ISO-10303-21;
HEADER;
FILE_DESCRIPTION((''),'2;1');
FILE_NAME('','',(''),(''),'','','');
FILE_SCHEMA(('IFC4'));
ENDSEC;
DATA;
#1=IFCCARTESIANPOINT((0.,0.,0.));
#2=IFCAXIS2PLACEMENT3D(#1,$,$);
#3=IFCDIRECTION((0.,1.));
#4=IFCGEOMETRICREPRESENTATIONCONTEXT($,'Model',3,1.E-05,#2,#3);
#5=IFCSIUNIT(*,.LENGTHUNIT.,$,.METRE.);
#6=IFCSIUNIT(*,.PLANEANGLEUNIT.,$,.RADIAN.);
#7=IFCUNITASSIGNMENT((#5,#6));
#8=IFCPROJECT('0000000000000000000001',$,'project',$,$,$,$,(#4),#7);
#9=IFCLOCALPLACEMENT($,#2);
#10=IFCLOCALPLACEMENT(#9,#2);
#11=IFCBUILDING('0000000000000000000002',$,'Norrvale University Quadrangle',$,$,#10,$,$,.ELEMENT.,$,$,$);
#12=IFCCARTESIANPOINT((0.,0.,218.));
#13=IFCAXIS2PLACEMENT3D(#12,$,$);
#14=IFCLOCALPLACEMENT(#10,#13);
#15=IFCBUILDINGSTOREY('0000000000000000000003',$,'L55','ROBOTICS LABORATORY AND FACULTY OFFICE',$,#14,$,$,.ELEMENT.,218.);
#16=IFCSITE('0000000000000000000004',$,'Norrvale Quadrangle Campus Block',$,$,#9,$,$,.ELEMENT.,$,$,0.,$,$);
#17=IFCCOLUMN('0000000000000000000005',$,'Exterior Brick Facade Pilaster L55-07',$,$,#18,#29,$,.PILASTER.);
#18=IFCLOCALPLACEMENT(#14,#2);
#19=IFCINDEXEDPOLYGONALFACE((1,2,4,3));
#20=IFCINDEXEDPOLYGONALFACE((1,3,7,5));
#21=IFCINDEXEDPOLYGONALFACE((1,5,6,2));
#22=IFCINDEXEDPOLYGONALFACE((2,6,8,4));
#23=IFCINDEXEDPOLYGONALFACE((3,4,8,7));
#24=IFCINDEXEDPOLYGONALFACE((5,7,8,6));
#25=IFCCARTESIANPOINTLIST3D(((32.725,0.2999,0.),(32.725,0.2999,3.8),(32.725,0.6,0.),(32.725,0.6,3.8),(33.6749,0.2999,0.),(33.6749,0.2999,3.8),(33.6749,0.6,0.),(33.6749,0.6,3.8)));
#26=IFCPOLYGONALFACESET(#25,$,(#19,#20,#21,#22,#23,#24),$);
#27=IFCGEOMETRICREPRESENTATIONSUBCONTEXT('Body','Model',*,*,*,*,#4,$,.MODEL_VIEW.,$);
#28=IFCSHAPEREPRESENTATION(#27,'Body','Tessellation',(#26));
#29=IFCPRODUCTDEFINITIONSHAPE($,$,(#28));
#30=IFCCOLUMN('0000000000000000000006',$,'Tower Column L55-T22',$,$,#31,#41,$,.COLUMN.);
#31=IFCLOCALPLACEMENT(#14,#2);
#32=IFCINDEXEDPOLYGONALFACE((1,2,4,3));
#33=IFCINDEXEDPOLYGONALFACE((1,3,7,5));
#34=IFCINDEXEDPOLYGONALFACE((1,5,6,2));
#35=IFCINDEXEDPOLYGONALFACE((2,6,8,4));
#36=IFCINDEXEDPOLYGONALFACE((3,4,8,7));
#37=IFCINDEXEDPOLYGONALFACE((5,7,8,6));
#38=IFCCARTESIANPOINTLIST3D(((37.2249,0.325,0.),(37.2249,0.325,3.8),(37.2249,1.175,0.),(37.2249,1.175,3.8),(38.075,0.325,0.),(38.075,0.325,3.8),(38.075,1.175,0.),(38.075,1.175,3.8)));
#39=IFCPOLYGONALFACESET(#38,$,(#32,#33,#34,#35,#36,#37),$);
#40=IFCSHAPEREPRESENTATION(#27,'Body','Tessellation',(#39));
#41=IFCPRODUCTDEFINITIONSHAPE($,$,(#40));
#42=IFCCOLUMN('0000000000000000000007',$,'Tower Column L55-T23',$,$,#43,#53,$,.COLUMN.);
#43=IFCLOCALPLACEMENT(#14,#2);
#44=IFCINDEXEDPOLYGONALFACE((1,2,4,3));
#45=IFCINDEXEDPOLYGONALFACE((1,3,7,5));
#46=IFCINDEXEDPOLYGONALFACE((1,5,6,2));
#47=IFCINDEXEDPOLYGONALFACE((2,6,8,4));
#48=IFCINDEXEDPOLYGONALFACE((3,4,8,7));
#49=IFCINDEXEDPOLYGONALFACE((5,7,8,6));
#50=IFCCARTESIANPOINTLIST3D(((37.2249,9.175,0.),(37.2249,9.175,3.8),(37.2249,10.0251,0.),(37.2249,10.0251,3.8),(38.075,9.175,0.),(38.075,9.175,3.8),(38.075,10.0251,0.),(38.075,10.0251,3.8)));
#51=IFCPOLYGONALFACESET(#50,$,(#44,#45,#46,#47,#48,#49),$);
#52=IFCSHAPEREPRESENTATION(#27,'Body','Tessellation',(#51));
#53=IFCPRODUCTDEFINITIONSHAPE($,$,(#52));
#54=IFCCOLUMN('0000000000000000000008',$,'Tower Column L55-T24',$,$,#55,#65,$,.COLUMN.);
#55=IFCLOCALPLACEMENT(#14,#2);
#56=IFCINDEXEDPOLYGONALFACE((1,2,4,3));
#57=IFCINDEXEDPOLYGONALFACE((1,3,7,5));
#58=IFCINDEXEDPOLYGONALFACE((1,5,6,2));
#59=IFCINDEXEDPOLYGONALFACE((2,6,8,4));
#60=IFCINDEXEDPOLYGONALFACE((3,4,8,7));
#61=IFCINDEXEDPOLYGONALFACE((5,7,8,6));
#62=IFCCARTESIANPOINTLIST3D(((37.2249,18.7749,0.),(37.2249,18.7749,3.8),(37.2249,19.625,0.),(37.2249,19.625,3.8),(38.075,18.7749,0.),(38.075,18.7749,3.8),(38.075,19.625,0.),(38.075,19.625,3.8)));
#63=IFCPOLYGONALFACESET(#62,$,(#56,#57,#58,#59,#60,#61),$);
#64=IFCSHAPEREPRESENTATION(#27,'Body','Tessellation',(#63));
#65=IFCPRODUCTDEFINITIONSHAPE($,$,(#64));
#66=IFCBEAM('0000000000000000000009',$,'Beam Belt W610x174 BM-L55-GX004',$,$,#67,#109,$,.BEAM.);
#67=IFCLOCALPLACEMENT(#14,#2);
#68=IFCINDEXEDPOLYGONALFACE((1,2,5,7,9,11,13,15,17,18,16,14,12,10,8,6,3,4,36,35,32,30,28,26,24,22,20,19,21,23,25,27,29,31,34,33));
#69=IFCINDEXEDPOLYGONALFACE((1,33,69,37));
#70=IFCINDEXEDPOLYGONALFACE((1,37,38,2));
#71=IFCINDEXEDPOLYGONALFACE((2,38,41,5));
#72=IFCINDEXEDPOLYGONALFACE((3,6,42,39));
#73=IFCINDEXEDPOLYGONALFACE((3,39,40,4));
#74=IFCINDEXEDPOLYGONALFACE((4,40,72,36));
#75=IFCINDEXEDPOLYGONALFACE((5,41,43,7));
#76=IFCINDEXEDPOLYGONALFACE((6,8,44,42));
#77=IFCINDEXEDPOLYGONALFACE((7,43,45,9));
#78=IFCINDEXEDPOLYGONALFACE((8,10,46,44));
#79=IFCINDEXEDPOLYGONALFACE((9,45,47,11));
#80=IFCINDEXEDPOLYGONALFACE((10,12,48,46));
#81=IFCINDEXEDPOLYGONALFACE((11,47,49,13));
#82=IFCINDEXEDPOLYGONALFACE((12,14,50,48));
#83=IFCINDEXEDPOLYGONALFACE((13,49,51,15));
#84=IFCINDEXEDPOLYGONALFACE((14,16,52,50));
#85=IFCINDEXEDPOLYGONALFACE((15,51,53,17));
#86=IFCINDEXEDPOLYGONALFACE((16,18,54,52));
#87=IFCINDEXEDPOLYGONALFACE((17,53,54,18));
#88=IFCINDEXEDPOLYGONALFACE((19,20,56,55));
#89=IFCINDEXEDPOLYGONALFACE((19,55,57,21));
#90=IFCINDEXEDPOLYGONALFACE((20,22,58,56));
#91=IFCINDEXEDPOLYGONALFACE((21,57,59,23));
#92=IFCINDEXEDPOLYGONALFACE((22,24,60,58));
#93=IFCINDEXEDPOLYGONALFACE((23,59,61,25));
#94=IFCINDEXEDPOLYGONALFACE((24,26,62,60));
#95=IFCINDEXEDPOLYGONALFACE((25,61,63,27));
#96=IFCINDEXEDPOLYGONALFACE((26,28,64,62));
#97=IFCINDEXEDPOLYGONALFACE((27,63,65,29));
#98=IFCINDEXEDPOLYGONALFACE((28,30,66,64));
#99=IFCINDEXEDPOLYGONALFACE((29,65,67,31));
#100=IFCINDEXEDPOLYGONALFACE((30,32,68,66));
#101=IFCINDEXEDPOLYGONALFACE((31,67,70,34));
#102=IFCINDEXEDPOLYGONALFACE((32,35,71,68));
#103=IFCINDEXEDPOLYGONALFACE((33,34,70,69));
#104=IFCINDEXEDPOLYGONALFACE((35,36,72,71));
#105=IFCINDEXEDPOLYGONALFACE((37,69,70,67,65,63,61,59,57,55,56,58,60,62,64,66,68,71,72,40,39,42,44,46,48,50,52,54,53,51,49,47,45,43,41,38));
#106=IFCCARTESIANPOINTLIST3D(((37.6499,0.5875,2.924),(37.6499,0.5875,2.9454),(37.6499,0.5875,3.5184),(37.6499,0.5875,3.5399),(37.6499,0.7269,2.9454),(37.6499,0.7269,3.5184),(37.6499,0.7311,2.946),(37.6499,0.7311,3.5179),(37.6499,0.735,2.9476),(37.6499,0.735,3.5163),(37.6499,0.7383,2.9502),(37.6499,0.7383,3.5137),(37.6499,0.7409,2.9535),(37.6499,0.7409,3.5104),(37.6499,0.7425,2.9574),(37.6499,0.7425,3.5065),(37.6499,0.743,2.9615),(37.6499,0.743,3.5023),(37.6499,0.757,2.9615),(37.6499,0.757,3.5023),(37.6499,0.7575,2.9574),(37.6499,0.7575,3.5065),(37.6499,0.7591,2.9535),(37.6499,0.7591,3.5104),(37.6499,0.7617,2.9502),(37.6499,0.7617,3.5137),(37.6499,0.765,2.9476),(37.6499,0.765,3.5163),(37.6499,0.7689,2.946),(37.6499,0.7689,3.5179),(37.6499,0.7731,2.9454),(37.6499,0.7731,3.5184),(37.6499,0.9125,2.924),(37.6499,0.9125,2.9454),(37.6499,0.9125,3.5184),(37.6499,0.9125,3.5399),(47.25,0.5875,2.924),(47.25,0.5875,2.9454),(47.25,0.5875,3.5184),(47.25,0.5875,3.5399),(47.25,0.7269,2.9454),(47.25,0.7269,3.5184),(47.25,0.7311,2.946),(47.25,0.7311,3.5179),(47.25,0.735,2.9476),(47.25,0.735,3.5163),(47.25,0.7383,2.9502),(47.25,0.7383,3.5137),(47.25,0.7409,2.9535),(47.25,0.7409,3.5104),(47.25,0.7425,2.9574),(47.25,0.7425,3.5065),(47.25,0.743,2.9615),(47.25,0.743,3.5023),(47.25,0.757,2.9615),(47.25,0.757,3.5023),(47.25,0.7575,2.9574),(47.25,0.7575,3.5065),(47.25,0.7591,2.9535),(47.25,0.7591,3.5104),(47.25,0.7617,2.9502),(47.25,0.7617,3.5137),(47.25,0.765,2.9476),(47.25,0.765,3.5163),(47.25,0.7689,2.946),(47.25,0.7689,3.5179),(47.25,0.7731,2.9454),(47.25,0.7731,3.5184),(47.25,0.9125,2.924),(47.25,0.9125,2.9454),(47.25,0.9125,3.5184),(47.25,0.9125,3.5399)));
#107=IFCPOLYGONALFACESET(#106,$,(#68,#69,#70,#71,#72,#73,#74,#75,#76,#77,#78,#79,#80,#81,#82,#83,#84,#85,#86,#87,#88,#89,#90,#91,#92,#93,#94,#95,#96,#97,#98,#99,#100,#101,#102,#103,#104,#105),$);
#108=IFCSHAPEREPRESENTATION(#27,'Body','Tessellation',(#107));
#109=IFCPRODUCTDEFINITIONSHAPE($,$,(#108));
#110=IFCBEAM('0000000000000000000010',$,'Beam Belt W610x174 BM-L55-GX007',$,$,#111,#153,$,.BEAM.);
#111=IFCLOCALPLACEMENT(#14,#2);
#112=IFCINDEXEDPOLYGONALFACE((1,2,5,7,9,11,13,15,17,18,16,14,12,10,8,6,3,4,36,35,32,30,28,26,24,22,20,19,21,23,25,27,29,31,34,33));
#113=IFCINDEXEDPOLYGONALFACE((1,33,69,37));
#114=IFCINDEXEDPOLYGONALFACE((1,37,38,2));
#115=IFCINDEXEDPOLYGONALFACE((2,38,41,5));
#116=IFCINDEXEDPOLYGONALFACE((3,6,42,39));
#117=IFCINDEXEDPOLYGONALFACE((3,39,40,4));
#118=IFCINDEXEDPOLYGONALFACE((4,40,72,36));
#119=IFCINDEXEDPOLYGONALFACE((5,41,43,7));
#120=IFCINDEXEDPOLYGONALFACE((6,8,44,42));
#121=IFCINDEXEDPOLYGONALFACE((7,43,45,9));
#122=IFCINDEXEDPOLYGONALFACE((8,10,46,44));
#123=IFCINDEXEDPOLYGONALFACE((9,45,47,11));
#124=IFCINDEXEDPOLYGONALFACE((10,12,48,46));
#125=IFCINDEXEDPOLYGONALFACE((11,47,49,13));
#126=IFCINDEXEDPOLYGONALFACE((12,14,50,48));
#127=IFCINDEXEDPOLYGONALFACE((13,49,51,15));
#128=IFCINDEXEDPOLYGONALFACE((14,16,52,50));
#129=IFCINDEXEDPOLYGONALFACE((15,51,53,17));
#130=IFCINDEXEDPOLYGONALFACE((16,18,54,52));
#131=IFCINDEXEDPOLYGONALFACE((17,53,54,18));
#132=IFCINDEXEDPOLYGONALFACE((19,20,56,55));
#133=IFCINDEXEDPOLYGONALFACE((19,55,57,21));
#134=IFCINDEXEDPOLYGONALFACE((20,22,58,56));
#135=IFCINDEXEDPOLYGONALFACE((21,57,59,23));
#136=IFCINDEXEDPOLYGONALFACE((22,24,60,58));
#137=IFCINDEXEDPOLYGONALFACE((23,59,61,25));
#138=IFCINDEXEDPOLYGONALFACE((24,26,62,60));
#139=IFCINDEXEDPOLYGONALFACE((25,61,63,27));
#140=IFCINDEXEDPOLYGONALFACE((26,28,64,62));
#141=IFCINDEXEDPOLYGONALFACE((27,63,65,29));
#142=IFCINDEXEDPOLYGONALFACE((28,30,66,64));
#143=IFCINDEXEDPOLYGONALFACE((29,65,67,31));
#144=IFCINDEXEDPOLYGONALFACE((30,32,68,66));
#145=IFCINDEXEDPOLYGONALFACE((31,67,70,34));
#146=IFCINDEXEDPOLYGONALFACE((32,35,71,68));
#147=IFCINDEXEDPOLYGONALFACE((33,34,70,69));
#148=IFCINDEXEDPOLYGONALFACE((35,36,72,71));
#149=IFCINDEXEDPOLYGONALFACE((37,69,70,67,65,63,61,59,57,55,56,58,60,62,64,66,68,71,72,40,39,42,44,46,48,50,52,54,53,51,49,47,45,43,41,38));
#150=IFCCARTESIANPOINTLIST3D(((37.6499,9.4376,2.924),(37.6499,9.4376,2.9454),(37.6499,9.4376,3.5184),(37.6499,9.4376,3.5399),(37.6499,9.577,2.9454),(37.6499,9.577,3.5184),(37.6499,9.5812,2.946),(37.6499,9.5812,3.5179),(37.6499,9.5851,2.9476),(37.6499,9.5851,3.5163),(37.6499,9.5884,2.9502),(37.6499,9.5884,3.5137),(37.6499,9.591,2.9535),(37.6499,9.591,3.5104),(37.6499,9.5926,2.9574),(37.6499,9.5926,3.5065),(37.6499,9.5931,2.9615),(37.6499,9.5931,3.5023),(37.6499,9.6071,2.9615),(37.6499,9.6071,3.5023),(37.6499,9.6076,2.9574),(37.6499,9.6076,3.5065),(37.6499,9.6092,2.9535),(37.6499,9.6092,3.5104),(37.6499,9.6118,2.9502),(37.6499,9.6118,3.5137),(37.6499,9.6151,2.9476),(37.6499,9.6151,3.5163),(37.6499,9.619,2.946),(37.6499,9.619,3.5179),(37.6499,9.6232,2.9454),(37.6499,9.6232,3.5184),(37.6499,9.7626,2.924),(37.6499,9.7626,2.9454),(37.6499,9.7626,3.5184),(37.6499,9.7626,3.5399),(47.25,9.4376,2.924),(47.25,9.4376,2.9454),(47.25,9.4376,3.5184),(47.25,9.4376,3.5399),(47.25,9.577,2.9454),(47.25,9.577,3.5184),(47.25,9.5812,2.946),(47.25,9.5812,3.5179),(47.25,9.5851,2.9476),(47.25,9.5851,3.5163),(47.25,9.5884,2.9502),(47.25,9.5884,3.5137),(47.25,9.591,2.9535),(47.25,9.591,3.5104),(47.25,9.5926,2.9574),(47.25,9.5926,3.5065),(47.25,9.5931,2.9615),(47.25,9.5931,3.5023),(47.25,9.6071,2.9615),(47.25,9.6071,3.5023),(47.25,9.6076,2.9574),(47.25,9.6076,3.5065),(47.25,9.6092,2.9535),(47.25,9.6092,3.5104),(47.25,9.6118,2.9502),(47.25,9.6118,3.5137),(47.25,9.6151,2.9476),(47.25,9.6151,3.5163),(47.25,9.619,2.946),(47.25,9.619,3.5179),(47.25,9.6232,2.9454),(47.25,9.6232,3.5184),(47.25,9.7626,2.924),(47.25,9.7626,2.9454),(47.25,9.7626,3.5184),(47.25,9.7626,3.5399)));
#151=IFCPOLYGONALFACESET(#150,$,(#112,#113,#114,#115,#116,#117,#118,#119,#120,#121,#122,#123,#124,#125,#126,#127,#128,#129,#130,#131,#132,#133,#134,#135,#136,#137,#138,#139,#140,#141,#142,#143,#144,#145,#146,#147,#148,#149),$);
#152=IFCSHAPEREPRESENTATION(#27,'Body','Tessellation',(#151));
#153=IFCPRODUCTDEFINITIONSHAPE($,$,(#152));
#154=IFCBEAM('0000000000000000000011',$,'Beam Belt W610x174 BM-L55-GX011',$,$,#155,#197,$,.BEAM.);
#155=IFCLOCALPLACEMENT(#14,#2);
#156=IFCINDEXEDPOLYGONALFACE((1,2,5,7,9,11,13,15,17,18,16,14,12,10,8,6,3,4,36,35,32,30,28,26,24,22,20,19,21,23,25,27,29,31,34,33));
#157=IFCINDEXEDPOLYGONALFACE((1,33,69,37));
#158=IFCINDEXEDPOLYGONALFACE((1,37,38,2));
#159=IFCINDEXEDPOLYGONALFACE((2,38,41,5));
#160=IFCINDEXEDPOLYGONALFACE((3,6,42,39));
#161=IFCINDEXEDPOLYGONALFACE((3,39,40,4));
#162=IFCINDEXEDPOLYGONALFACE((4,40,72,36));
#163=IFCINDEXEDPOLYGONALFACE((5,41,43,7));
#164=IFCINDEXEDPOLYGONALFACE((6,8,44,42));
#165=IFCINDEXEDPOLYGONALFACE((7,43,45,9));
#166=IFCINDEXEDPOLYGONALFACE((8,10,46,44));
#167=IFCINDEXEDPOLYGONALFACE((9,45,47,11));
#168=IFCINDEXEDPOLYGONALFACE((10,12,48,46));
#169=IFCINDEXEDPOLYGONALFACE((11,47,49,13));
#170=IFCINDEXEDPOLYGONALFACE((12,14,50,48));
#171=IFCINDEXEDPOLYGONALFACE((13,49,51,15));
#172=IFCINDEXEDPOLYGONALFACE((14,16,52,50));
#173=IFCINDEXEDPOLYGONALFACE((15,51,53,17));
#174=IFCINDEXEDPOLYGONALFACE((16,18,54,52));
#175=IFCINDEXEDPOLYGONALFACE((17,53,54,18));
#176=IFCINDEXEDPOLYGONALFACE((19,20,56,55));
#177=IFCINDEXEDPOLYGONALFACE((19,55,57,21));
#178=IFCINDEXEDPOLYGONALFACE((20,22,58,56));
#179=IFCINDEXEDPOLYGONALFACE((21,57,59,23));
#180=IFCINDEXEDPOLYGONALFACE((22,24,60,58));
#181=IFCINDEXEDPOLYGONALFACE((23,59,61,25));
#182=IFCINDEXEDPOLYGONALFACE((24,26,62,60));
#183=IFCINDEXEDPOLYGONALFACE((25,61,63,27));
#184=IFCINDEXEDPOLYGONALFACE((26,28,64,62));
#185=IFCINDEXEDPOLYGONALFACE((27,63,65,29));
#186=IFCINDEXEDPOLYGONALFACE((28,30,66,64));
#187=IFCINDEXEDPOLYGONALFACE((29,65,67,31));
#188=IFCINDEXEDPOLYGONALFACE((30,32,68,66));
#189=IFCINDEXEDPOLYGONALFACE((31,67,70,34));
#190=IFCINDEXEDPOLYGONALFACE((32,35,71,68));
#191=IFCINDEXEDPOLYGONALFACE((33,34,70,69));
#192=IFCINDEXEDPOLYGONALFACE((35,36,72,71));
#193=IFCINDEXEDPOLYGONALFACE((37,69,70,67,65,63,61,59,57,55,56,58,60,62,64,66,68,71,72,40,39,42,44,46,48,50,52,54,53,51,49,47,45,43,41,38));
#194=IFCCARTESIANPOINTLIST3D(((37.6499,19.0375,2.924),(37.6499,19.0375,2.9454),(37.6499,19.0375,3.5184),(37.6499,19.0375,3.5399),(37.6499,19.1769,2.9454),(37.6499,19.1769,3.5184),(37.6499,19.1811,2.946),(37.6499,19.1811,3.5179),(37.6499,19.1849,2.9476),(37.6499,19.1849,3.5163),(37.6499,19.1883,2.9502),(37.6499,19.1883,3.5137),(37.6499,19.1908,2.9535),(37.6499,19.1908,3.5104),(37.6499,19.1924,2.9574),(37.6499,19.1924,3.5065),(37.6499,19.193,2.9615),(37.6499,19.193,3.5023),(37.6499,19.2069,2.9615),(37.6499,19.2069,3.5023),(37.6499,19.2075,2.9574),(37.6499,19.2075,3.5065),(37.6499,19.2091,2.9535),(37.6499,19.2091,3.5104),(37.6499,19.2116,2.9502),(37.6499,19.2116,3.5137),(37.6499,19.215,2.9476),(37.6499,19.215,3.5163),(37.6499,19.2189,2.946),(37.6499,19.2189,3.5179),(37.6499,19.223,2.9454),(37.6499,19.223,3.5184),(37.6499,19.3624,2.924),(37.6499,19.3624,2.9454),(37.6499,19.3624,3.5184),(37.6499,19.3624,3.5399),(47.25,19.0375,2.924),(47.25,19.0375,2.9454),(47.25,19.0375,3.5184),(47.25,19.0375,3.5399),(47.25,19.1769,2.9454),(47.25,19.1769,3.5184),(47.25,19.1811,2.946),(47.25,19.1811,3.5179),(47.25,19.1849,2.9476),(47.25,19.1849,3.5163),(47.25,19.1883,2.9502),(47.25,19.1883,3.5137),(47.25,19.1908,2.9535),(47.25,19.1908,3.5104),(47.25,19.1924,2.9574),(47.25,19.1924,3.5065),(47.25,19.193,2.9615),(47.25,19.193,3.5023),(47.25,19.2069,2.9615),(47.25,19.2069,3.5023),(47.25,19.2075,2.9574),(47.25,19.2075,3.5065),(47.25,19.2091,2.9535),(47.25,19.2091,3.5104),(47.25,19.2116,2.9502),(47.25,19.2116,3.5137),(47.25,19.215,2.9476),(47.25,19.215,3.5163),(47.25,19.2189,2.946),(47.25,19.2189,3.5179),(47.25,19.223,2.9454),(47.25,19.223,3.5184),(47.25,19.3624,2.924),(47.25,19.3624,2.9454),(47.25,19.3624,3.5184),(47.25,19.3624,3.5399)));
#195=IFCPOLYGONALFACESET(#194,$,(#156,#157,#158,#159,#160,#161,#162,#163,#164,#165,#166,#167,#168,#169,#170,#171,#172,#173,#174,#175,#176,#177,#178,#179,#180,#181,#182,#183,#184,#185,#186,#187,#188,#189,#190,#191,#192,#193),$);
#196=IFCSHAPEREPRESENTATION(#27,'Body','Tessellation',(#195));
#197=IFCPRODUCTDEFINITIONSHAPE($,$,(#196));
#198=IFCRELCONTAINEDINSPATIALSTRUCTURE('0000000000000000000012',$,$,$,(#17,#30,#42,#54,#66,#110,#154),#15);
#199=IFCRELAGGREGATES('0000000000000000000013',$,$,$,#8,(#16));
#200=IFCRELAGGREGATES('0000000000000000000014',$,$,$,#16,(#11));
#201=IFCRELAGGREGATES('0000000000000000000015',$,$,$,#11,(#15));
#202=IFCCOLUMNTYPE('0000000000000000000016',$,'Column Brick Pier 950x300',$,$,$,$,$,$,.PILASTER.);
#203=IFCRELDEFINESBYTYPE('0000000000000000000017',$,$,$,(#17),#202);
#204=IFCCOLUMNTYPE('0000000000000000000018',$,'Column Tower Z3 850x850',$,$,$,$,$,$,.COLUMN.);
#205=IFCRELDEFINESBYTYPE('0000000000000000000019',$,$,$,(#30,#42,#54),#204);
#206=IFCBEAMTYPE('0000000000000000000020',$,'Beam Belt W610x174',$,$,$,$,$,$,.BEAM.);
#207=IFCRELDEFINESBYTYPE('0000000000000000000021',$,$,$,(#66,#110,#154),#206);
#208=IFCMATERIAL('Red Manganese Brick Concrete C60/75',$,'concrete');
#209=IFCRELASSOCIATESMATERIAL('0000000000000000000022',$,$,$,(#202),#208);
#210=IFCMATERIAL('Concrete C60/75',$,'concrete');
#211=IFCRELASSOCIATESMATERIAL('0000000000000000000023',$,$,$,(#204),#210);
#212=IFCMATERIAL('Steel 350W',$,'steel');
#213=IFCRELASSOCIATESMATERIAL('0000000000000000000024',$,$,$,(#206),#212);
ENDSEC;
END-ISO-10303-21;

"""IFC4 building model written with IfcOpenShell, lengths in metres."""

from ifc_helpers import new_model, si_unit, direction, frame, origin, origin_2d, place, context, subcontext, project, spatial, rectangle, i_section, extrude, material, material_profile, profile_set, type_object, element, save


model = new_model("IFC4")

# Units and contexts
model_context = context("Model", 3, precision=1e-05, world=origin(), true_north=direction((0.0, 1.0)))
body_context = subcontext(model_context, "Body", "Model", "MODEL_VIEW")
ifc_project = project(units=[si_unit("LENGTHUNIT", "METRE"), si_unit("PLANEANGLEUNIT", "RADIAN")], contexts=[model_context])

# Site, building, storey
site_placement = place(None, origin())
site = spatial("IfcSite", under=ifc_project, at=site_placement, Name="Norrvale Quadrangle Campus Block", CompositionType="ELEMENT", RefElevation=0.0)
building_placement = place(site_placement, origin())
building = spatial("IfcBuilding", under=site, at=building_placement, Name="Norrvale University Quadrangle", CompositionType="ELEMENT")
storey_placement = place(building_placement, frame((0.0, 0.0, 218.0)))
storey = spatial("IfcBuildingStorey", under=building, at=storey_placement, Name="L55", Description="ROBOTICS LABORATORY AND FACULTY OFFICE", CompositionType="ELEMENT", Elevation=218.0)

# Columns
ifc_material_1 = material(Name="Red Manganese Brick Concrete C60/75", Category="concrete")
ifc_material_profile_1 = material_profile(ifc_material_1, rectangle(XDim=0.95, YDim=0.3, at=origin_2d()), Name="Red Manganese Brick Concrete C60/75")
ifc_profile_set_1 = profile_set([ifc_material_profile_1], Name="Red Manganese Brick Concrete C60/75")
column_type_1 = type_object("IfcColumnType", Name="Column Brick Pier 950x300", PredefinedType="PILASTER", material=ifc_profile_set_1)
column_placement = place(storey_placement, frame((33.2, 0.45, 0.0), z_axis=(0.0, 0.0, 1.0), x_axis=(1.0, 0.0, 0.0)))
element("IfcColumn", 1, at=column_placement, inside=storey, type_object=column_type_1, Name="Exterior Brick Facade Pilaster L55-07", PredefinedType="PILASTER", context=body_context, shape_type="SweptSolid", body=[
    extrude(rectangle(XDim=0.95, YDim=0.3, at=origin_2d()), origin(), (0.0, 0.0, 1.0), 3.8),
])
ifc_material_2 = material(Name="Concrete C60/75", Category="concrete")
ifc_material_profile_2 = material_profile(ifc_material_2, rectangle(XDim=0.8501, YDim=0.8501, at=origin_2d()), Name="Concrete C60/75")
ifc_profile_set_2 = profile_set([ifc_material_profile_2], Name="Concrete C60/75")
column_type_2 = type_object("IfcColumnType", Name="Column Tower Z3 850x850", PredefinedType="COLUMN", material=ifc_profile_set_2)
for number, where, z_axis, x_axis, name in (
    (2, (37.6499, 0.75, 0.0), (0.0, 0.0, 1.0), (1.0, 0.0, 0.0), "Tower Column L55-T22"),
    (3, (37.6499, 9.6001, 0.0), (0.0, 0.0, 1.0), (1.0, 0.0, 0.0), "Tower Column L55-T23"),
    (4, (37.6499, 19.2, 0.0), (0.0, 0.0, 1.0), (1.0, 0.0, 0.0), "Tower Column L55-T24"),
):
    element("IfcColumn", number, at=place(storey_placement, frame(where, z_axis=z_axis, x_axis=x_axis)), inside=storey, type_object=column_type_2, Name=name, PredefinedType="COLUMN", context=body_context, shape_type="SweptSolid", body=[
        extrude(rectangle(XDim=0.8501, YDim=0.8501, at=origin_2d()), origin(), (0.0, 0.0, 1.0), 3.8),
    ])

# Beams
ifc_material_3 = material(Name="Steel 350W", Category="steel")
ifc_material_profile_3 = material_profile(ifc_material_3, i_section(OverallWidth=0.325, OverallDepth=0.616, WebThickness=0.0139, FlangeThickness=0.0215, FilletRadius=0.0161, at=origin_2d()), Name="Steel 350W")
ifc_profile_set_3 = profile_set([ifc_material_profile_3], Name="Steel 350W")
beam_type_1 = type_object("IfcBeamType", Name="Beam Belt W610x174", PredefinedType="BEAM", material=ifc_profile_set_3)
for number, where, z_axis, x_axis, name in (
    (5, (37.6499, 0.75, 3.2319), (1.0, 0.0, 0.0), (0.0, 1.0, 0.0), "Beam Belt W610x174 BM-L55-GX004"),
    (6, (37.6499, 9.6001, 3.2319), (1.0, 0.0, 0.0), (0.0, 1.0, 0.0), "Beam Belt W610x174 BM-L55-GX007"),
    (7, (37.6499, 19.2, 3.2319), (1.0, 0.0, 0.0), (0.0, 1.0, 0.0), "Beam Belt W610x174 BM-L55-GX011"),
):
    element("IfcBeam", number, at=place(storey_placement, frame(where, z_axis=z_axis, x_axis=x_axis)), inside=storey, type_object=beam_type_1, Name=name, PredefinedType="BEAM", context=body_context, shape_type="SweptSolid", body=[
        extrude(i_section(OverallWidth=0.325, OverallDepth=0.616, WebThickness=0.0139, FlangeThickness=0.0215, FilletRadius=0.0161, at=origin_2d()), origin(), (0.0, 0.0, 1.0), 9.6001),
    ])

save(model, "model.ifc")
